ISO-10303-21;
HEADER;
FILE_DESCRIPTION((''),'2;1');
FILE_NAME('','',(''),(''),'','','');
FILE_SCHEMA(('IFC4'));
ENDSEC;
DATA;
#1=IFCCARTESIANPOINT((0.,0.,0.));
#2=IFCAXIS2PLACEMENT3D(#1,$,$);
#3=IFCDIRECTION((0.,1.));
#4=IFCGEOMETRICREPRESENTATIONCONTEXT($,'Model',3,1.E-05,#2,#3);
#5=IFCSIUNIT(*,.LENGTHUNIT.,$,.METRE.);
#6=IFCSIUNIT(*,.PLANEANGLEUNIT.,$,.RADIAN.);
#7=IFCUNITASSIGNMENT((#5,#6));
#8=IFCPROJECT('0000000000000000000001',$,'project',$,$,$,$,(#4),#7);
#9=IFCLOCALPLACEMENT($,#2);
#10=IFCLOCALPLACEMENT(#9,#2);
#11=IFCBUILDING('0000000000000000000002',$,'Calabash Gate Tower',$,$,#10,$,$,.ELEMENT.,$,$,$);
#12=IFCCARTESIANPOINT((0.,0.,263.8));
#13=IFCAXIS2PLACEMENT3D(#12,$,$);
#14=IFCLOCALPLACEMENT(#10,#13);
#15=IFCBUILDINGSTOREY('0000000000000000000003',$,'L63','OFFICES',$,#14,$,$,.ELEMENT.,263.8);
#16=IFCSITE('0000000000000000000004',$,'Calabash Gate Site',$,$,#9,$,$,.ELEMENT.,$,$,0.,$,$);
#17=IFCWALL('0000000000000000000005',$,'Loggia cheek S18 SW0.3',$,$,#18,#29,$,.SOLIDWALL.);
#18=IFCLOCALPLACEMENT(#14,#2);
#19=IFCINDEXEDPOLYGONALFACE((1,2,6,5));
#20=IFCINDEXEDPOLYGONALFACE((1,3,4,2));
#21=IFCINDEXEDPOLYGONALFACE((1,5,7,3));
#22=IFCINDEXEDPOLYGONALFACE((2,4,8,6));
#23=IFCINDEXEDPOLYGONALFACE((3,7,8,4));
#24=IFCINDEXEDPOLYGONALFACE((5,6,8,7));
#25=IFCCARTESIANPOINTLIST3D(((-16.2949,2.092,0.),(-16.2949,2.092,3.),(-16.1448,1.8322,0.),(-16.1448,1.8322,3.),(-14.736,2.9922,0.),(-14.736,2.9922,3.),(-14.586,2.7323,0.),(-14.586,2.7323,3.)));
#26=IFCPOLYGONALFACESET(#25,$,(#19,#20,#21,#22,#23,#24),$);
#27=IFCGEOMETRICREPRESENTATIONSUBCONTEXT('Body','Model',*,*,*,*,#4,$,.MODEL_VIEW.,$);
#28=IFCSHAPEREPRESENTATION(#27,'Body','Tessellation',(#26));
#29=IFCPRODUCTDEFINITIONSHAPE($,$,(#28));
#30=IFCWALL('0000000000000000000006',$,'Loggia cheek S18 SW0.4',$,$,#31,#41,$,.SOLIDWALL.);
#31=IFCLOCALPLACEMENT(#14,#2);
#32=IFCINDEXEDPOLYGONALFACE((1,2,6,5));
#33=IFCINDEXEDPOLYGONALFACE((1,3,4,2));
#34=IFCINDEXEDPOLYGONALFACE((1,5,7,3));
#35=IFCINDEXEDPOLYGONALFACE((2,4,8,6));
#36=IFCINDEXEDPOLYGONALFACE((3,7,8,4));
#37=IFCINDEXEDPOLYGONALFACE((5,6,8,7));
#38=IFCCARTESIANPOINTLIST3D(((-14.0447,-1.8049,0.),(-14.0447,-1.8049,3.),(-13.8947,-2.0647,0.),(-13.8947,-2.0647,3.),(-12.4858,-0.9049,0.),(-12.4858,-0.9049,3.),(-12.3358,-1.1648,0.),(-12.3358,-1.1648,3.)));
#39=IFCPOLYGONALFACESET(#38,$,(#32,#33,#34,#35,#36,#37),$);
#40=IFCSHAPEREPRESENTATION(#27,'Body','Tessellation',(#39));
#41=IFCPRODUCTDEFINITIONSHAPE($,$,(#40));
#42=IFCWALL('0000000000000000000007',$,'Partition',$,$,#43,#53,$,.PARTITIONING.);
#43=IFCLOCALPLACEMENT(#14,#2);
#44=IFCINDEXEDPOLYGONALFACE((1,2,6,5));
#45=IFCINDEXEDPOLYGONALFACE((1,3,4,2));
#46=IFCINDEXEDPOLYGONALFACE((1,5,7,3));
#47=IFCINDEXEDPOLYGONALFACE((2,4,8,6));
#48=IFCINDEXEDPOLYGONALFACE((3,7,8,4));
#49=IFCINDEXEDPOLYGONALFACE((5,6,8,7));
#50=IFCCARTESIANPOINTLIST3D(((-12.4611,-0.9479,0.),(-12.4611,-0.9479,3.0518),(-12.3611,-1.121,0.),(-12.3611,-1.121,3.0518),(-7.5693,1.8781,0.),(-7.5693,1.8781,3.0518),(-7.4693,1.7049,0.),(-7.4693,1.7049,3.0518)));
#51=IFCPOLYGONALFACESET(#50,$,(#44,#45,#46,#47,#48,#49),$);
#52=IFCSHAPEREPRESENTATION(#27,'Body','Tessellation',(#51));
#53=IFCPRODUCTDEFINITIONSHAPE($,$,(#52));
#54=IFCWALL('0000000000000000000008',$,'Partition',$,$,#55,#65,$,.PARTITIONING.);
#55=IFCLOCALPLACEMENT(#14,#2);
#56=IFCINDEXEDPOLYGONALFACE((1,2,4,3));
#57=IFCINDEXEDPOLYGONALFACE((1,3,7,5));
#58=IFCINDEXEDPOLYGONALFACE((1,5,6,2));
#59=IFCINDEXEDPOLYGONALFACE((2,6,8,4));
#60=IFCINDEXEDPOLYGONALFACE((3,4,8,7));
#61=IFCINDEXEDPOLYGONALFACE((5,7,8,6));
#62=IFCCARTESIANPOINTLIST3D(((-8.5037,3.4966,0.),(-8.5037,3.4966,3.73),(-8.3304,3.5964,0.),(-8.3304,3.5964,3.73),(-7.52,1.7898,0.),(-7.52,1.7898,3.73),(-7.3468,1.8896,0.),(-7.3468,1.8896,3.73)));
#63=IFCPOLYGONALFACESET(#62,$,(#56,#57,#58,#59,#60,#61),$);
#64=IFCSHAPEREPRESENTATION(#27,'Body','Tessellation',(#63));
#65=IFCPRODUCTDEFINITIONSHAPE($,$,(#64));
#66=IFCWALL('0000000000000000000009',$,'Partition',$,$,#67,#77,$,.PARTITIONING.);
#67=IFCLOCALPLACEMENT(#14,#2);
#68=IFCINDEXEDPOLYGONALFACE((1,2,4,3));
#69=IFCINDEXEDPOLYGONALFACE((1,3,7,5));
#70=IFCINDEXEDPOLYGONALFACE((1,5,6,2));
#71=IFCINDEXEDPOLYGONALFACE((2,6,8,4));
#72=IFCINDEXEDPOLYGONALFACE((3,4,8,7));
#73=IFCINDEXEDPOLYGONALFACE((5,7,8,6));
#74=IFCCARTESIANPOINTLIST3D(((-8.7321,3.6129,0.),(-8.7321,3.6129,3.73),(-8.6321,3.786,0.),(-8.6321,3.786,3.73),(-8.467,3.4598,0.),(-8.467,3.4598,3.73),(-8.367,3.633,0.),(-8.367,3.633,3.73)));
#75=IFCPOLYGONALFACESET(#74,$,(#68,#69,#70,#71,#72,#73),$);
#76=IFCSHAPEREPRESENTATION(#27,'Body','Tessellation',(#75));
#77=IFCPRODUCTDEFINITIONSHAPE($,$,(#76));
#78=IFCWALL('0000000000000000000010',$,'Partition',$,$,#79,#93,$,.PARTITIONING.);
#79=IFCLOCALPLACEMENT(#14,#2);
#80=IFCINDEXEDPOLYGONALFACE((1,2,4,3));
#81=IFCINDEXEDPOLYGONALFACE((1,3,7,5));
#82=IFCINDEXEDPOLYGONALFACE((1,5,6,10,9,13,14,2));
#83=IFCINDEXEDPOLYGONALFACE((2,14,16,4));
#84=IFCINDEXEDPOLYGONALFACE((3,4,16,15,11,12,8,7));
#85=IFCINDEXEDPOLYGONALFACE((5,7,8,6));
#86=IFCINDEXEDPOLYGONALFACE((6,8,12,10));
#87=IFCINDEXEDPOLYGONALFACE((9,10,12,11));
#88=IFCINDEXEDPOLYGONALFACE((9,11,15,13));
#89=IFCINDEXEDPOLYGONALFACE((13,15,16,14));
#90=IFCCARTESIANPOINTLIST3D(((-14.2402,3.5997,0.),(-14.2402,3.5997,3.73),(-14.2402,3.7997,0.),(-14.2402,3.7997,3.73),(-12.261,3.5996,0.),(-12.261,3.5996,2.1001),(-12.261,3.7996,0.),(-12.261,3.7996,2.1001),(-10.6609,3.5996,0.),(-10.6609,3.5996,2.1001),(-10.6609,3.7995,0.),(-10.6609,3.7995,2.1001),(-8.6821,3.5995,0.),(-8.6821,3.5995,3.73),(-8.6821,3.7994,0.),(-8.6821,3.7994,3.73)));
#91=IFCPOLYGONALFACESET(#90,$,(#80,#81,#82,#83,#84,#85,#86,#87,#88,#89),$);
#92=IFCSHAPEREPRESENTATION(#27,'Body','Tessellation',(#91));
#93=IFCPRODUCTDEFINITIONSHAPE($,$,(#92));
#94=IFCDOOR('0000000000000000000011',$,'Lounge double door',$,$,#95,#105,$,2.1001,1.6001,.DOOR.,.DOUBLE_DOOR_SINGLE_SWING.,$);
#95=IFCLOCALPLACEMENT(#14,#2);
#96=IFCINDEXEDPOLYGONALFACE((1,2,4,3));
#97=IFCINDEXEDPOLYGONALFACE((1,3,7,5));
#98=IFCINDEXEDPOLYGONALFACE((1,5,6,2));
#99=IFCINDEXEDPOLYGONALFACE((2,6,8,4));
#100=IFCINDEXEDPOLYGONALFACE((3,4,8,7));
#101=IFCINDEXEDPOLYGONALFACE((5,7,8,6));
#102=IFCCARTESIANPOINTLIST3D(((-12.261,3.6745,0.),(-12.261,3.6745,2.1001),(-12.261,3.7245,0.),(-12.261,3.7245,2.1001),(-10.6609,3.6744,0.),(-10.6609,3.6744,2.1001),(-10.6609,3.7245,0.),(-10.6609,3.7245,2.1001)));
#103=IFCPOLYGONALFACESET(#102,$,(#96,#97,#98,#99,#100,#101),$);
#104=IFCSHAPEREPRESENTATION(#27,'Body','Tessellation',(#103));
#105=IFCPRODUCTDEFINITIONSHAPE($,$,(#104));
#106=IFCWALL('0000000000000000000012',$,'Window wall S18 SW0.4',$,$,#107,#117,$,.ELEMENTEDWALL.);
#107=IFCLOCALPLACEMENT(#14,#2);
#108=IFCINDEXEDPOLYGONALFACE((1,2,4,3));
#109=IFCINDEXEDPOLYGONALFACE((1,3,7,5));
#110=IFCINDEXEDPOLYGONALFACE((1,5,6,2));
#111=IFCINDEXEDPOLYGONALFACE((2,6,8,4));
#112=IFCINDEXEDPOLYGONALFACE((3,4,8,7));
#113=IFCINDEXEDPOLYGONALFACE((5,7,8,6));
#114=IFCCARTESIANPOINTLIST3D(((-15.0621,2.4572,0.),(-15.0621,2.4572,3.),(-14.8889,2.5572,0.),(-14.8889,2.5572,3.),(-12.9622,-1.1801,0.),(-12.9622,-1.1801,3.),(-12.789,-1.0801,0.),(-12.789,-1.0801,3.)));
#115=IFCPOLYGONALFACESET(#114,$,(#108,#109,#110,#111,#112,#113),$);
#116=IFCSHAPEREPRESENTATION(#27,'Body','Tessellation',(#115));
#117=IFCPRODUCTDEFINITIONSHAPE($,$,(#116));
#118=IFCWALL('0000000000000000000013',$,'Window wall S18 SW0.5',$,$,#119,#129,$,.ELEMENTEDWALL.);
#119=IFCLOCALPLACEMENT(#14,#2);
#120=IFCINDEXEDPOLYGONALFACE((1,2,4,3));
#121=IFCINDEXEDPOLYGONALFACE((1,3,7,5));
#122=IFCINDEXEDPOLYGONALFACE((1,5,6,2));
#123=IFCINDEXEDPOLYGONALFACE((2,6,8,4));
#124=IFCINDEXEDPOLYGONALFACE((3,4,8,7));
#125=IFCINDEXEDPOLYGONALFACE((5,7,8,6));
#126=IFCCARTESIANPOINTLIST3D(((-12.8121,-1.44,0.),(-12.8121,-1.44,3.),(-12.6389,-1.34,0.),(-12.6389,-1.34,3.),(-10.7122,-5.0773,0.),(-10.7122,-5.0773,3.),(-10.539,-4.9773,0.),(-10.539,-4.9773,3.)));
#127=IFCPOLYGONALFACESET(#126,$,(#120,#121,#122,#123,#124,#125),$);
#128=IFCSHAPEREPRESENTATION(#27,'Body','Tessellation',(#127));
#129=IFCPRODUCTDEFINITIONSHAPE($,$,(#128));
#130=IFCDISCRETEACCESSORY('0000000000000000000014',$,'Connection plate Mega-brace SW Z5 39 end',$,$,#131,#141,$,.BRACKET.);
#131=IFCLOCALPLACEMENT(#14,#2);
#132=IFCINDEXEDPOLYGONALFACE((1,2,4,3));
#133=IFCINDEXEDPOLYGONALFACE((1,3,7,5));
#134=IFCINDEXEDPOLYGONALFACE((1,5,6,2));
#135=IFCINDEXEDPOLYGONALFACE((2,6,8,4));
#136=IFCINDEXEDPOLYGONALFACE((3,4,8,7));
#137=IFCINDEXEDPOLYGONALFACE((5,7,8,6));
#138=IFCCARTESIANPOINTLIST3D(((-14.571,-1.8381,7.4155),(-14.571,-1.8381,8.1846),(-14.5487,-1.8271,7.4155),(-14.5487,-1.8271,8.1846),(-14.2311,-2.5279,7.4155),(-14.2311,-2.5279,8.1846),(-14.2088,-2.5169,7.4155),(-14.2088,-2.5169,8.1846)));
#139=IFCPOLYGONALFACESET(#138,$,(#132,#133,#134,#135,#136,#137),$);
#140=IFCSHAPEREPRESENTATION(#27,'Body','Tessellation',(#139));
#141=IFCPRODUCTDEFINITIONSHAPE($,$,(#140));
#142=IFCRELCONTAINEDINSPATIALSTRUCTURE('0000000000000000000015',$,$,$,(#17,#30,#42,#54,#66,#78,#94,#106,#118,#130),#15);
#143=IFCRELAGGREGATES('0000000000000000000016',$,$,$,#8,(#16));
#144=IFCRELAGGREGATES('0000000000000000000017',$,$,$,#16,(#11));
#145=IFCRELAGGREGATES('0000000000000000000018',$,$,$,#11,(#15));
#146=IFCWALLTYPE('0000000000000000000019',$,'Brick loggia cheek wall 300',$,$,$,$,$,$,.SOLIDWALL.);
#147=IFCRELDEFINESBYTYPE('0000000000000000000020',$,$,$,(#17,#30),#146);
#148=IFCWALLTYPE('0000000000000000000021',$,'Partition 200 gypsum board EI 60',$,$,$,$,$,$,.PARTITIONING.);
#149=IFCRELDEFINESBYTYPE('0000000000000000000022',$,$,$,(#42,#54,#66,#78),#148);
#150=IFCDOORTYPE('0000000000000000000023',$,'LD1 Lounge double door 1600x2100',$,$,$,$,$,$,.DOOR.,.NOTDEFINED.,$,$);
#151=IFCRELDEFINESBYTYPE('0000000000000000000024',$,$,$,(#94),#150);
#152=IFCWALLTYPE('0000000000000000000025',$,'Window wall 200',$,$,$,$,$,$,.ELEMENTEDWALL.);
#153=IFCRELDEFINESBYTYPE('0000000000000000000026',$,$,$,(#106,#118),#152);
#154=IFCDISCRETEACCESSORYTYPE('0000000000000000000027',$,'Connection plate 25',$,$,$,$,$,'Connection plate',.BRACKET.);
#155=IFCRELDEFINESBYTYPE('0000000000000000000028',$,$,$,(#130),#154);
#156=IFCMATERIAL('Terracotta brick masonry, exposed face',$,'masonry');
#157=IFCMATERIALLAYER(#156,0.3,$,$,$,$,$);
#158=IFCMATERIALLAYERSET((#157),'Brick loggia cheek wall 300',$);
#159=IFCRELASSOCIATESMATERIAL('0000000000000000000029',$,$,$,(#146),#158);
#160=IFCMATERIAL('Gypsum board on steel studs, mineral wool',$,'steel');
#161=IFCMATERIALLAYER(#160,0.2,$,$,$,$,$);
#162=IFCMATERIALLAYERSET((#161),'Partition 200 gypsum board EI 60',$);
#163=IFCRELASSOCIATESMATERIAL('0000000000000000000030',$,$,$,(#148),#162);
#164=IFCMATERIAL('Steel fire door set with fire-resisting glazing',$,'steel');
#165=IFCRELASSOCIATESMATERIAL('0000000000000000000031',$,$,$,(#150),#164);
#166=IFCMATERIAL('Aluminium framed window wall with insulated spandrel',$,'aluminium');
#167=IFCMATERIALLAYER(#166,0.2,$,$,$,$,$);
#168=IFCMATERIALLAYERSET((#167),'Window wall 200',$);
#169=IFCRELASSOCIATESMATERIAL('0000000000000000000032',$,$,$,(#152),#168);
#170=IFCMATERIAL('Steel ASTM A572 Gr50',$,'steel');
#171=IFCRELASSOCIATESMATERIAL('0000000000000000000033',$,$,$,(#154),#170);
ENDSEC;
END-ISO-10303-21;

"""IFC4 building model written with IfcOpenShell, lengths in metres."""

from ifc_helpers import new_model, si_unit, direction, frame, frame_2d, origin, origin_2d, place, context, subcontext, project, spatial, rectangle, extrude, material, layer, layer_set, type_object, element, fill, save


model = new_model("IFC4")

# Units and contexts
model_context = context("Model", 3, precision=1e-05, world=origin(), true_north=direction((0.0, 1.0)))
body_context = subcontext(model_context, "Body", "Model", "MODEL_VIEW")
ifc_project = project(units=[si_unit("LENGTHUNIT", "METRE"), si_unit("PLANEANGLEUNIT", "RADIAN")], contexts=[model_context])

# Site, building, storey
site_placement = place(None, origin())
site = spatial("IfcSite", under=ifc_project, at=site_placement, Name="Calabash Gate Site", CompositionType="ELEMENT", RefElevation=0.0)
building_placement = place(site_placement, origin())
building = spatial("IfcBuilding", under=site, at=building_placement, Name="Calabash Gate Tower", CompositionType="ELEMENT")
storey_placement = place(building_placement, frame((0.0, 0.0, 263.8)))
storey = spatial("IfcBuildingStorey", under=building, at=storey_placement, Name="L63", Description="OFFICES", CompositionType="ELEMENT", Elevation=263.8)

# Walls
ifc_material_1 = material(Name="Terracotta brick masonry, exposed face", Category="masonry")
ifc_layer_1 = layer(ifc_material_1, 0.3)
ifc_layer_set_1 = layer_set([ifc_layer_1], Name="Brick loggia cheek wall 300")
wall_type_1 = type_object("IfcWallType", Name="Brick loggia cheek wall 300", PredefinedType="SOLIDWALL", material=ifc_layer_set_1)
for number, where, z_axis, x_axis, name in (
    (1, (-16.2197, 1.9622, 0.0), (0.0, 0.0, 1.0), (0.865989, 0.500063, 0.0), "Loggia cheek S18 SW0.3"),
    (2, (-12.4109, -1.0349, 0.0), (0.0, 0.0, 1.0), (-0.866048, -0.499961, 0.0), "Loggia cheek S18 SW0.4"),
):
    element("IfcWall", number, at=place(storey_placement, frame(where, z_axis=z_axis, x_axis=x_axis)), inside=storey, type_object=wall_type_1, Name=name, PredefinedType="SOLIDWALL", context=body_context, shape_type="SweptSolid", body=[
        extrude(rectangle(XDim=1.8, YDim=0.3, at=frame_2d((0.8999, 0.0))), origin(), (0.0, 0.0, 1.0), 3.0),
    ])
ifc_material_2 = material(Name="Gypsum board on steel studs, mineral wool", Category="steel")
ifc_layer_2 = layer(ifc_material_2, 0.2)
ifc_layer_set_2 = layer_set([ifc_layer_2], Name="Partition 200 gypsum board EI 60")
wall_type_2 = type_object("IfcWallType", Name="Partition 200 gypsum board EI 60", PredefinedType="PARTITIONING", material=ifc_layer_set_2)
wall_1_placement = place(storey_placement, frame((-12.4111, -1.0344, 0.0), z_axis=(0.0, 0.0, 1.0), x_axis=(0.865901, 0.500215, 0.0)))
element("IfcWall", 3, at=wall_1_placement, inside=storey, type_object=wall_type_2, Name="Partition", PredefinedType="PARTITIONING", context=body_context, shape_type="SweptSolid", body=[
    extrude(rectangle(XDim=5.6494, YDim=0.2, at=frame_2d((2.8247, 0.0))), origin(), (0.0, 0.0, 1.0), 3.0518),
])
wall_2_placement = place(storey_placement, frame((-8.417, 3.5464, 0.0), z_axis=(0.0, 0.0, 1.0), x_axis=(0.499325, -0.866415, 0.0)))
element("IfcWall", 4, at=wall_2_placement, inside=storey, type_object=wall_type_2, Name="Partition", PredefinedType="PARTITIONING", context=body_context, shape_type="SweptSolid", body=[
    extrude(rectangle(XDim=1.97, YDim=0.2, at=frame_2d((0.9849, 0.0))), origin(), (0.0, 0.0, 1.0), 3.73),
])
wall_3_placement = place(storey_placement, frame((-8.6821, 3.6995, 0.0), z_axis=(0.0, 0.0, 1.0), x_axis=(0.866026, -0.499999, 0.0)))
element("IfcWall", 5, at=wall_3_placement, inside=storey, type_object=wall_type_2, Name="Partition", PredefinedType="PARTITIONING", context=body_context, shape_type="SweptSolid", body=[
    extrude(rectangle(XDim=0.3062, YDim=0.2, at=frame_2d((0.1531, 0.0))), origin(), (0.0, 0.0, 1.0), 3.73),
])

# Wall, opening, door
wall_4_placement = place(storey_placement, frame((-14.2402, 3.6997, 0.0), z_axis=(0.0, 0.0, 1.0), x_axis=(1.0, -0.000044, 0.0)))
wall_4 = element("IfcWall", 6, at=wall_4_placement, inside=storey, type_object=wall_type_2, Name="Partition", PredefinedType="PARTITIONING", context=body_context, shape_type="SweptSolid", body=[
    extrude(rectangle(XDim=5.5581, YDim=0.2, at=frame_2d((2.7791, 0.0))), origin(), (0.0, 0.0, 1.0), 3.73),
])
opening_placement = place(wall_4_placement, frame((1.9792, 0.0, 0.0)))
opening = element("IfcOpeningElement", 7, at=opening_placement, cuts=wall_4, PredefinedType="OPENING", context=body_context, shape_type="SweptSolid", body=[
    extrude(rectangle(XDim=1.6001, YDim=2.1001, at=frame_2d((0.8, 1.05))), frame((0.0, 0.1099, 0.0), z_axis=(0.0, -1.0, 0.0), x_axis=(1.0, 0.0, 0.0)), (0.0, 0.0, 1.0), 0.22),
])
ifc_material_3 = material(Name="Steel fire door set with fire-resisting glazing", Category="steel")
door_type = type_object("IfcDoorType", Name="LD1 Lounge double door 1600x2100", OperationType="NOTDEFINED", PredefinedType="DOOR", material=ifc_material_3)
door_placement = place(opening_placement, origin())
door = element("IfcDoor", 8, at=door_placement, inside=storey, type_object=door_type, Name="Lounge double door", OperationType="DOUBLE_DOOR_SINGLE_SWING", OverallHeight=2.1001, OverallWidth=1.6001, PredefinedType="DOOR", context=body_context, shape_type="SweptSolid", body=[
    extrude(rectangle(XDim=1.6001, YDim=2.1001, at=frame_2d((0.8, 1.05))), frame((0.0, 0.0249, 0.0), z_axis=(0.0, -1.0, 0.0), x_axis=(1.0, 0.0, 0.0)), (0.0, 0.0, 1.0), 0.05),
])
fill(opening, door)

# Walls
ifc_material_4 = material(Name="Aluminium framed window wall with insulated spandrel", Category="aluminium")
ifc_layer_3 = layer(ifc_material_4, 0.2)
ifc_layer_set_3 = layer_set([ifc_layer_3], Name="Window wall 200")
wall_type_3 = type_object("IfcWallType", Name="Window wall 200", PredefinedType="ELEMENTEDWALL", material=ifc_layer_set_3)
for number, where, z_axis, x_axis, name in (
    (9, (-14.9756, 2.5073, 0.0), (0.0, 0.0, 1.0), (0.499984, -0.866035, 0.0), "Window wall S18 SW0.4"),
    (10, (-12.7256, -1.3899, 0.0), (0.0, 0.0, 1.0), (0.499984, -0.866035, 0.0), "Window wall S18 SW0.5"),
):
    element("IfcWall", number, at=place(storey_placement, frame(where, z_axis=z_axis, x_axis=x_axis)), inside=storey, type_object=wall_type_3, Name=name, PredefinedType="ELEMENTEDWALL", context=body_context, shape_type="SweptSolid", body=[
        extrude(rectangle(XDim=4.2, YDim=0.2, at=frame_2d((2.1001, 0.0))), origin(), (0.0, 0.0, 1.0), 3.0),
    ])

# Discrete accessory
ifc_material_5 = material(Name="Steel ASTM A572 Gr50", Category="steel")
discrete_accessory_type = type_object("IfcDiscreteAccessoryType", Name="Connection plate 25", ElementType="Connection plate", PredefinedType="BRACKET", material=ifc_material_5)
discrete_accessory_placement = place(storey_placement, frame((-14.3899, -2.1775, 7.4155), z_axis=(0.0, 0.0, 1.0), x_axis=(-0.44201, 0.89701, 0.0)))
element("IfcDiscreteAccessory", 11, at=discrete_accessory_placement, inside=storey, type_object=discrete_accessory_type, Name="Connection plate Mega-brace SW Z5 39 end", PredefinedType="BRACKET", context=body_context, shape_type="SweptSolid", body=[
    extrude(rectangle(XDim=0.769, YDim=0.0249, at=origin_2d()), origin(), (0.0, 0.0, 1.0), 0.769),
])

save(model, "model.ifc")
